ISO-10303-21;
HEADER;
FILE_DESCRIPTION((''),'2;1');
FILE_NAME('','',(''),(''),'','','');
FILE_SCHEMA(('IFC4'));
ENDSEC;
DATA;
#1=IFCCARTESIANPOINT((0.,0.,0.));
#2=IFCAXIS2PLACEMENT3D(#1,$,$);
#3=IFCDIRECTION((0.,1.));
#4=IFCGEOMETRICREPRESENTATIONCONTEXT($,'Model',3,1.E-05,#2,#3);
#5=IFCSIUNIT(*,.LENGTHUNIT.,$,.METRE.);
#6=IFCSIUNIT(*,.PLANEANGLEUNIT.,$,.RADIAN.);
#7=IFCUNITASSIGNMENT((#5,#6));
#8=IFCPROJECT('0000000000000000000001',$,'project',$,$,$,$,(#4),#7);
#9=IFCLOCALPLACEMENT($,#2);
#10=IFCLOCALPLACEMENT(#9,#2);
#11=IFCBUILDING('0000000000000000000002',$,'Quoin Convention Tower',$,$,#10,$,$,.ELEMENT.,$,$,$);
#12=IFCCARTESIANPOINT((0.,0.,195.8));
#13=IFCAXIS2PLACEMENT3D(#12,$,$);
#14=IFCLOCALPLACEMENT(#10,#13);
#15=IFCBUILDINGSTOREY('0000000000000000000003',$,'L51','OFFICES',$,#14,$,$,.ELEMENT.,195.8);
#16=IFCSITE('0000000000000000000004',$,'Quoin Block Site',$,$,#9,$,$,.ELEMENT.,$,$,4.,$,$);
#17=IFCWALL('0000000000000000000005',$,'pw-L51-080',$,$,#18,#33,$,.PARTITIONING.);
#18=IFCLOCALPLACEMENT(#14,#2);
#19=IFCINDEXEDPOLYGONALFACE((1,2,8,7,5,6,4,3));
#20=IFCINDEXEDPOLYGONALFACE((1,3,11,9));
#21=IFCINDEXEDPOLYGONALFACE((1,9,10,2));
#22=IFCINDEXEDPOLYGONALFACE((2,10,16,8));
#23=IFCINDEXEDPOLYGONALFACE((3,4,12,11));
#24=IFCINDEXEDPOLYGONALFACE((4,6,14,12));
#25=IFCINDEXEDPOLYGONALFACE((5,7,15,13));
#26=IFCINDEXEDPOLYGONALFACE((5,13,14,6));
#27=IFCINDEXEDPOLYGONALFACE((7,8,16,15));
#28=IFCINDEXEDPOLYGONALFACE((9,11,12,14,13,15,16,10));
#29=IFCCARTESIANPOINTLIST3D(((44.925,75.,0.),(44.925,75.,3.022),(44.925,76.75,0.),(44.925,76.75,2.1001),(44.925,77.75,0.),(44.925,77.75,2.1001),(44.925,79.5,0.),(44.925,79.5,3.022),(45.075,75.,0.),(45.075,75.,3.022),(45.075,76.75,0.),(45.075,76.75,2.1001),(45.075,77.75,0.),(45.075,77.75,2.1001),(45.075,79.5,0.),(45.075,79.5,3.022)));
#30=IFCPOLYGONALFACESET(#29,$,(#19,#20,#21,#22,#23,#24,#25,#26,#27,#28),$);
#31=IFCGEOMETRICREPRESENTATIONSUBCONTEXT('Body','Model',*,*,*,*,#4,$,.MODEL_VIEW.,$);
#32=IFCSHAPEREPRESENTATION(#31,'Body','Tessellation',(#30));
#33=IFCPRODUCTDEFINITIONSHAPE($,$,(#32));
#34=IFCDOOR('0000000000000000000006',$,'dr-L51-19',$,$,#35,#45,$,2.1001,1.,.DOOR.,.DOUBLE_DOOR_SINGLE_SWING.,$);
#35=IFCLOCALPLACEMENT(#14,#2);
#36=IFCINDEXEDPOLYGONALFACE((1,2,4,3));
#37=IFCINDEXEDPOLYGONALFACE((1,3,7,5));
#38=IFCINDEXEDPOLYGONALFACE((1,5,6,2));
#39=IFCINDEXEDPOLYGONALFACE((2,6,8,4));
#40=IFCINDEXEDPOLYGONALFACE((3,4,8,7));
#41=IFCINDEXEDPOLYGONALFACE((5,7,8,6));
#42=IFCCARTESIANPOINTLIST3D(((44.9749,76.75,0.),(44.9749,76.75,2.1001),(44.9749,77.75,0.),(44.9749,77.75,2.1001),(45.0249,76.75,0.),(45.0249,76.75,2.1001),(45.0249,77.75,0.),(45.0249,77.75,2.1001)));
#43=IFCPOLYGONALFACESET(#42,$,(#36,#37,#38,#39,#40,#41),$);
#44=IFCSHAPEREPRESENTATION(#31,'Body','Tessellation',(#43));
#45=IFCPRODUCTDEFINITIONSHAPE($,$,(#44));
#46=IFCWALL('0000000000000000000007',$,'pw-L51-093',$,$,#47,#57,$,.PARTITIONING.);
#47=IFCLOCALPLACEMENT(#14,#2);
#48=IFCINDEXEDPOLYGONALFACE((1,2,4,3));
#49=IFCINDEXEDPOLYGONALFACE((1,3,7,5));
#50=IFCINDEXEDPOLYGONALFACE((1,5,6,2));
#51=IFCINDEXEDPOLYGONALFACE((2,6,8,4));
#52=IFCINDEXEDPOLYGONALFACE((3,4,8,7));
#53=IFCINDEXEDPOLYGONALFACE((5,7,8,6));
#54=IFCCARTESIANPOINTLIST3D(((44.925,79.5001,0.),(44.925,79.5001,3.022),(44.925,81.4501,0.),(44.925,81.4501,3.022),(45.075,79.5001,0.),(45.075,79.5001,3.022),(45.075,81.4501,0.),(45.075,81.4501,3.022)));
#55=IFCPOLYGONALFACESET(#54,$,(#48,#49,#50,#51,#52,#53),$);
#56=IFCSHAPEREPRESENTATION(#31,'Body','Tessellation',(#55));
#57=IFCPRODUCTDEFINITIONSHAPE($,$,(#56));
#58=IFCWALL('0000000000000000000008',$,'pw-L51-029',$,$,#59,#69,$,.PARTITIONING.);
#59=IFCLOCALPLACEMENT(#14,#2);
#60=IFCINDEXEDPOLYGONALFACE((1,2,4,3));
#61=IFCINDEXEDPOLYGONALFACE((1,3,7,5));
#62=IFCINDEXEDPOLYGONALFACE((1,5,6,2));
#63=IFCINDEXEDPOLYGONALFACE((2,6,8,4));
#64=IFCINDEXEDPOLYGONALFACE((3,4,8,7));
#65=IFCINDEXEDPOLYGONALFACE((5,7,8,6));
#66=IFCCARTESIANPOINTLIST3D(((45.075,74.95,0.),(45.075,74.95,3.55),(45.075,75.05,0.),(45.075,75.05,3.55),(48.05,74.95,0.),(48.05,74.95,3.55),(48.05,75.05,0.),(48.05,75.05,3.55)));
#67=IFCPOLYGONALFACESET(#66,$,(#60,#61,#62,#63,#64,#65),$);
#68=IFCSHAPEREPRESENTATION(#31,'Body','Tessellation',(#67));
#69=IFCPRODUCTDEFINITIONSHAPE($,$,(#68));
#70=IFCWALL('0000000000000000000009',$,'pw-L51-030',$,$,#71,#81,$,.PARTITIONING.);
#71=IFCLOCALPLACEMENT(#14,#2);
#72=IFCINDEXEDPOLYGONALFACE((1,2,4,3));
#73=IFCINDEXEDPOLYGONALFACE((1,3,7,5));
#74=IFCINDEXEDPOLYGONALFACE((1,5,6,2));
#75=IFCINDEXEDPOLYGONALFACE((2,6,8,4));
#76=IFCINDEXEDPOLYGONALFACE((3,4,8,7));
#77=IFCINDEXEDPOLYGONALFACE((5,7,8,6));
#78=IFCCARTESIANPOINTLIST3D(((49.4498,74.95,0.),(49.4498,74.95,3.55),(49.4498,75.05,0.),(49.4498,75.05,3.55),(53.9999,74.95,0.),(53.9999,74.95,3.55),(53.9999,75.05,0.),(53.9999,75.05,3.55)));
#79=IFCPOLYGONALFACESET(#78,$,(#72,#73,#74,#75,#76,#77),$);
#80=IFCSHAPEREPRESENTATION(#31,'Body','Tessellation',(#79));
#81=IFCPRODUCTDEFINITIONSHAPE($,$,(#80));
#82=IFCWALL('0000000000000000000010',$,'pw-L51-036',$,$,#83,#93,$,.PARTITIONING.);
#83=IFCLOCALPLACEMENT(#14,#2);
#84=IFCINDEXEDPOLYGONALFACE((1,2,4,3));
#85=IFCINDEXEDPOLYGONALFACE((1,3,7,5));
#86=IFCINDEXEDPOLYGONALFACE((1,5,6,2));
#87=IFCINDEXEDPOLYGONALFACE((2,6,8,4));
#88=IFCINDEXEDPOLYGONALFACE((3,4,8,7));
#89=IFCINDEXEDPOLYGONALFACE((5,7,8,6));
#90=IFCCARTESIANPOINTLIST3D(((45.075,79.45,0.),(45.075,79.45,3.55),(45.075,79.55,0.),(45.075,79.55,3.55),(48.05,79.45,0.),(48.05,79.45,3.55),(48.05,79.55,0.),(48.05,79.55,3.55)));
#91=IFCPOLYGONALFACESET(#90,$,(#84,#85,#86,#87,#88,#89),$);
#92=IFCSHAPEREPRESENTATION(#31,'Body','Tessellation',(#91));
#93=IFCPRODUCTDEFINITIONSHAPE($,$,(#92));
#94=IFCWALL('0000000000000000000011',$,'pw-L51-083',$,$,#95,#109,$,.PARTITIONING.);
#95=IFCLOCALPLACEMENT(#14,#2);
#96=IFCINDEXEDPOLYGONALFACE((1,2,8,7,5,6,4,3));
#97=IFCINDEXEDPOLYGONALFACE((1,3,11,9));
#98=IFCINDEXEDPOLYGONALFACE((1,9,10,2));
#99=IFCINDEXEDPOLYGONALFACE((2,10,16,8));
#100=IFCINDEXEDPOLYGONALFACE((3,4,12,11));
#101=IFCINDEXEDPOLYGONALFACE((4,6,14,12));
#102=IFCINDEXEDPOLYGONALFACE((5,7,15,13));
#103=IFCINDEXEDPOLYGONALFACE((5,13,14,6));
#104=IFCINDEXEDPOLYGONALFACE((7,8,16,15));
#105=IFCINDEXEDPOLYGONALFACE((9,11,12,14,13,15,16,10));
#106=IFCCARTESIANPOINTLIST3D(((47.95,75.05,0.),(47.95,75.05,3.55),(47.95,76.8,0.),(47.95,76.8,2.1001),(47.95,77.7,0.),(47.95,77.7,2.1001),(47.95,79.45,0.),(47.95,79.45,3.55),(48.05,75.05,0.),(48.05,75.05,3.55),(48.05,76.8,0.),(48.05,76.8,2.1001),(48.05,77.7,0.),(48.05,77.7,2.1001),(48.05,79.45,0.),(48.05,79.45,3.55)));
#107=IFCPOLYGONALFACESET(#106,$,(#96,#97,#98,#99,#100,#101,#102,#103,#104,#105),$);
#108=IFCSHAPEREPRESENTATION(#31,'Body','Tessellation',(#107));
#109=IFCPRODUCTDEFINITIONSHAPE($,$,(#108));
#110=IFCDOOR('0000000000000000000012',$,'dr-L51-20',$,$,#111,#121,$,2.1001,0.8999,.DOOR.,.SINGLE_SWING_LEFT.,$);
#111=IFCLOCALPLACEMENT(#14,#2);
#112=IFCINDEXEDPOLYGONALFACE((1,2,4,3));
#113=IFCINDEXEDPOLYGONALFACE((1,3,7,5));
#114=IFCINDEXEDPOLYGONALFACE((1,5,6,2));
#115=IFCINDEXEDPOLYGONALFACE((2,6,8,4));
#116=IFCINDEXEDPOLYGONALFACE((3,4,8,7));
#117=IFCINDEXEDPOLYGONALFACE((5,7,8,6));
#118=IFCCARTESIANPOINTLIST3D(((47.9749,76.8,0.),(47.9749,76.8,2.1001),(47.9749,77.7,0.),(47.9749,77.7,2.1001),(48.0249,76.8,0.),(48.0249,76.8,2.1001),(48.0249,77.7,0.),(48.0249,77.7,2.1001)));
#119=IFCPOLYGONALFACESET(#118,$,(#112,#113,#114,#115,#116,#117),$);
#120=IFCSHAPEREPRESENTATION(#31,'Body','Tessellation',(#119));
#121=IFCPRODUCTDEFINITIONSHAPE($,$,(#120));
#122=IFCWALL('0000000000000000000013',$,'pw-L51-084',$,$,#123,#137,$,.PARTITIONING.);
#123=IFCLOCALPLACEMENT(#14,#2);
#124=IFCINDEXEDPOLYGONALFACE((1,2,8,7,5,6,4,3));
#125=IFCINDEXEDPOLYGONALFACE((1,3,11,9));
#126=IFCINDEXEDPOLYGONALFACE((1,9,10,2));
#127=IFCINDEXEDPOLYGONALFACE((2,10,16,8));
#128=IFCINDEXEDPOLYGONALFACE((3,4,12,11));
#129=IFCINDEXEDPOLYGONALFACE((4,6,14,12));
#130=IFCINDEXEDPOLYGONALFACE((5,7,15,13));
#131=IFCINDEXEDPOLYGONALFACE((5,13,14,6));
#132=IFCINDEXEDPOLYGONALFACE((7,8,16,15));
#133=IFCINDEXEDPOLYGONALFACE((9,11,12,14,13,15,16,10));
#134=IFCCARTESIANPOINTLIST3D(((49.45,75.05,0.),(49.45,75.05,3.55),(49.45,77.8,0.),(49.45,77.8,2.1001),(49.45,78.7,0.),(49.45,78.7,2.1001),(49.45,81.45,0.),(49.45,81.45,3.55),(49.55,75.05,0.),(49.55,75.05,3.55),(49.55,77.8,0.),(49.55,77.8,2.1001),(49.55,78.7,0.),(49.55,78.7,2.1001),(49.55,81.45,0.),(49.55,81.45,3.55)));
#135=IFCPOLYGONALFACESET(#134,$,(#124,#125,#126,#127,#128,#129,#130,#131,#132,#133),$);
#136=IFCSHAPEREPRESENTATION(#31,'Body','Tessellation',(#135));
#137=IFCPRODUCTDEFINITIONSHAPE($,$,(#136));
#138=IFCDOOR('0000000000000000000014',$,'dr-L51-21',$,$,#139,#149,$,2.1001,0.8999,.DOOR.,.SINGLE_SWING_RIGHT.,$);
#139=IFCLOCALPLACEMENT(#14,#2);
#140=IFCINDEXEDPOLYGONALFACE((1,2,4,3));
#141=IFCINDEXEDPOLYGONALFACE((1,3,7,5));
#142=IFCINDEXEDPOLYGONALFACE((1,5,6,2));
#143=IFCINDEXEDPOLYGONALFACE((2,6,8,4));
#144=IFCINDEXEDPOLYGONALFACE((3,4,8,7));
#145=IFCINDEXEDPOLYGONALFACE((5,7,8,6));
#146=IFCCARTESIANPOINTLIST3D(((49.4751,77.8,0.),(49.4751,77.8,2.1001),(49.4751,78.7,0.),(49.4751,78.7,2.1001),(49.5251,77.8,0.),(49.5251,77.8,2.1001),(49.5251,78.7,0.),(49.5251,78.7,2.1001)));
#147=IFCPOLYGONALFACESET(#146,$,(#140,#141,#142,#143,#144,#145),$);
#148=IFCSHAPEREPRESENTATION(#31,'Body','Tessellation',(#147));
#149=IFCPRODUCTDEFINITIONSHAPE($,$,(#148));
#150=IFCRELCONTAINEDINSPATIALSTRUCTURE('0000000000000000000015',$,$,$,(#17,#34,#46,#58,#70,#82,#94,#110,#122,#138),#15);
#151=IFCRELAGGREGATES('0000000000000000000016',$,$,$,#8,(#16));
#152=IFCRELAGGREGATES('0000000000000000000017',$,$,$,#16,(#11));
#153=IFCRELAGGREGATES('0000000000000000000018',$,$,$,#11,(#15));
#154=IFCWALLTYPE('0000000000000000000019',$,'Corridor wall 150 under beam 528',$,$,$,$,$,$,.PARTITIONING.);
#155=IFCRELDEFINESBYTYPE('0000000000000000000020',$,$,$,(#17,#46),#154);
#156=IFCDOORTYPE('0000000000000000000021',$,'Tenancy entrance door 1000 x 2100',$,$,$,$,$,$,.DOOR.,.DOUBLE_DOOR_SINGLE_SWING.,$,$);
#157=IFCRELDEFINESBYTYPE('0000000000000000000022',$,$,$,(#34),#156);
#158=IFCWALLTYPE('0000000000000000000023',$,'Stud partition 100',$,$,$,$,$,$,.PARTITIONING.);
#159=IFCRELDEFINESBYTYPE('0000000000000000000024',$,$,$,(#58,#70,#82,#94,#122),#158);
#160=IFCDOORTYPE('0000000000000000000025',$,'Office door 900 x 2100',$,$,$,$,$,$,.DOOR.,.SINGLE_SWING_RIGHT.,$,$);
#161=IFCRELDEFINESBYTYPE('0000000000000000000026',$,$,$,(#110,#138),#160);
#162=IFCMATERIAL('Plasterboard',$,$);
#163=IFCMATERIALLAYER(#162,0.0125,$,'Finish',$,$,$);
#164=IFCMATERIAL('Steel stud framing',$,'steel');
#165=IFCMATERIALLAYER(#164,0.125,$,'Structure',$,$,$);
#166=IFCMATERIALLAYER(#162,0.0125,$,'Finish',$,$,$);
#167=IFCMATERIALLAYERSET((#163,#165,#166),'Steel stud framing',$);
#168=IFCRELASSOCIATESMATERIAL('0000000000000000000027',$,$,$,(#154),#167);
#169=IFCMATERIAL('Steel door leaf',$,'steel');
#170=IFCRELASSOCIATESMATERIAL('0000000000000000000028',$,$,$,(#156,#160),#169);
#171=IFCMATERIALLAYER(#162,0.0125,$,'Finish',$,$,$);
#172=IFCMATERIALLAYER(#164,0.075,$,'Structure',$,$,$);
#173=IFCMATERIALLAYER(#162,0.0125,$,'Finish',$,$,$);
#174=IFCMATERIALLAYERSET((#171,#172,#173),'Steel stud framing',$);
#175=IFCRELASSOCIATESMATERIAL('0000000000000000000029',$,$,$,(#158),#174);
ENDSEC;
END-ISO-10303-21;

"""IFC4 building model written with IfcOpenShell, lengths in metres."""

from ifc_helpers import new_model, si_unit, direction, frame, frame_2d, origin, place, context, subcontext, project, spatial, rectangle, extrude, material, layer, layer_set, type_object, element, fill, save


model = new_model("IFC4")

# Units and contexts
model_context = context("Model", 3, precision=1e-05, world=origin(), true_north=direction((0.0, 1.0)))
body_context = subcontext(model_context, "Body", "Model", "MODEL_VIEW")
ifc_project = project(units=[si_unit("LENGTHUNIT", "METRE"), si_unit("PLANEANGLEUNIT", "RADIAN")], contexts=[model_context])

# Site, building, storey
site_placement = place(None, origin())
site = spatial("IfcSite", under=ifc_project, at=site_placement, Name="Quoin Block Site", CompositionType="ELEMENT", RefElevation=4.0)
building_placement = place(site_placement, origin())
building = spatial("IfcBuilding", under=site, at=building_placement, Name="Quoin Convention Tower", CompositionType="ELEMENT")
storey_placement = place(building_placement, frame((0.0, 0.0, 195.8)))
storey = spatial("IfcBuildingStorey", under=building, at=storey_placement, Name="L51", Description="OFFICES", CompositionType="ELEMENT", Elevation=195.8)

# Shared definitions
ifc_material_1 = material(Name="Plasterboard")
ifc_material_2 = material(Name="Steel stud framing", Category="steel")
ifc_layer_1 = layer(ifc_material_1, 0.0125, Name="Finish")
ifc_layer_2 = layer(ifc_material_2, 0.125, Name="Structure")
ifc_layer_3 = layer(ifc_material_1, 0.0125, Name="Finish")
ifc_layer_set_1 = layer_set([ifc_layer_1, ifc_layer_2, ifc_layer_3], Name="Steel stud framing")
wall_type_1 = type_object("IfcWallType", Name="Corridor wall 150 under beam 528", PredefinedType="PARTITIONING", material=ifc_layer_set_1)

# Wall, opening, door
wall_1_placement = place(storey_placement, frame((45.0, 75.0, 0.0), z_axis=(0.0, 0.0, 1.0), x_axis=(0.0, 1.0, 0.0)))
wall_1 = element("IfcWall", 1, at=wall_1_placement, inside=storey, type_object=wall_type_1, Name="pw-L51-080", PredefinedType="PARTITIONING", context=body_context, shape_type="SweptSolid", body=[
    extrude(rectangle(XDim=4.5, YDim=0.1499, at=frame_2d((2.25, 0.0))), origin(), (0.0, 0.0, 1.0), 3.022),
])
opening_1_placement = place(wall_1_placement, frame((1.75, 0.0, 0.0)))
opening_1 = element("IfcOpeningElement", 2, at=opening_1_placement, cuts=wall_1, PredefinedType="OPENING", context=body_context, shape_type="SweptSolid", body=[
    extrude(rectangle(XDim=1.0, YDim=2.1001, at=frame_2d((0.5, 1.05))), frame((0.0, 0.085, 0.0), z_axis=(0.0, -1.0, 0.0), x_axis=(1.0, 0.0, 0.0)), (0.0, 0.0, 1.0), 0.1699),
])
ifc_material_3 = material(Name="Steel door leaf", Category="steel")
door_type_1 = type_object("IfcDoorType", Name="Tenancy entrance door 1000 x 2100", OperationType="DOUBLE_DOOR_SINGLE_SWING", PredefinedType="DOOR", material=ifc_material_3)
door_1_placement = place(opening_1_placement, frame((1.0, 0.0, 0.0), z_axis=(0.0, 0.0, 1.0), x_axis=(-1.0, 0.0, 0.0)))
door_1 = element("IfcDoor", 3, at=door_1_placement, inside=storey, type_object=door_type_1, Name="dr-L51-19", OperationType="DOUBLE_DOOR_SINGLE_SWING", OverallHeight=2.1001, OverallWidth=1.0, PredefinedType="DOOR", context=body_context, shape_type="SweptSolid", body=[
    extrude(rectangle(XDim=1.0, YDim=2.1001, at=frame_2d((0.5, 1.05))), frame((0.0, 0.0249, 0.0), z_axis=(0.0, -1.0, 0.0), x_axis=(1.0, 0.0, 0.0)), (0.0, 0.0, 1.0), 0.05),
])
fill(opening_1, door_1)

# Walls
wall_2_placement = place(storey_placement, frame((45.0, 79.5, 0.0), z_axis=(0.0, 0.0, 1.0), x_axis=(0.0, 1.0, 0.0)))
element("IfcWall", 4, at=wall_2_placement, inside=storey, type_object=wall_type_1, Name="pw-L51-093", PredefinedType="PARTITIONING", context=body_context, shape_type="SweptSolid", body=[
    extrude(rectangle(XDim=1.95, YDim=0.1499, at=frame_2d((0.9751, 0.0))), origin(), (0.0, 0.0, 1.0), 3.022),
])
ifc_layer_4 = layer(ifc_material_1, 0.0125, Name="Finish")
ifc_layer_5 = layer(ifc_material_2, 0.075, Name="Structure")
ifc_layer_6 = layer(ifc_material_1, 0.0125, Name="Finish")
ifc_layer_set_2 = layer_set([ifc_layer_4, ifc_layer_5, ifc_layer_6], Name="Steel stud framing")
wall_type_2 = type_object("IfcWallType", Name="Stud partition 100", PredefinedType="PARTITIONING", material=ifc_layer_set_2)
wall_3_placement = place(storey_placement, frame((45.075, 75.0, 0.0), z_axis=(0.0, 0.0, 1.0), x_axis=(1.0, 0.0, 0.0)))
element("IfcWall", 5, at=wall_3_placement, inside=storey, type_object=wall_type_2, Name="pw-L51-029", PredefinedType="PARTITIONING", context=body_context, shape_type="SweptSolid", body=[
    extrude(rectangle(XDim=2.9751, YDim=0.1001, at=frame_2d((1.4875, 0.0))), origin(), (0.0, 0.0, 1.0), 3.55),
])
wall_4_placement = place(storey_placement, frame((49.45, 75.0, 0.0), z_axis=(0.0, 0.0, 1.0), x_axis=(1.0, 0.0, 0.0)))
element("IfcWall", 6, at=wall_4_placement, inside=storey, type_object=wall_type_2, Name="pw-L51-030", PredefinedType="PARTITIONING", context=body_context, shape_type="SweptSolid", body=[
    extrude(rectangle(XDim=4.55, YDim=0.1001, at=frame_2d((2.2749, 0.0))), origin(), (0.0, 0.0, 1.0), 3.55),
])
wall_5_placement = place(storey_placement, frame((45.075, 79.5, 0.0), z_axis=(0.0, 0.0, 1.0), x_axis=(1.0, 0.0, 0.0)))
element("IfcWall", 7, at=wall_5_placement, inside=storey, type_object=wall_type_2, Name="pw-L51-036", PredefinedType="PARTITIONING", context=body_context, shape_type="SweptSolid", body=[
    extrude(rectangle(XDim=2.9751, YDim=0.1001, at=frame_2d((1.4875, 0.0))), origin(), (0.0, 0.0, 1.0), 3.55),
])

# Walls, openings, doors
wall_6_placement = place(storey_placement, frame((48.0, 75.05, 0.0), z_axis=(0.0, 0.0, 1.0), x_axis=(0.0, 1.0, 0.0)))
wall_6 = element("IfcWall", 8, at=wall_6_placement, inside=storey, type_object=wall_type_2, Name="pw-L51-083", PredefinedType="PARTITIONING", context=body_context, shape_type="SweptSolid", body=[
    extrude(rectangle(XDim=4.3999, YDim=0.1001, at=frame_2d((2.2, 0.0))), origin(), (0.0, 0.0, 1.0), 3.55),
])
opening_2_placement = place(wall_6_placement, frame((1.75, 0.0, 0.0)))
opening_2 = element("IfcOpeningElement", 9, at=opening_2_placement, cuts=wall_6, PredefinedType="OPENING", context=body_context, shape_type="SweptSolid", body=[
    extrude(rectangle(XDim=0.8999, YDim=2.1001, at=frame_2d((0.45, 1.05))), frame((0.0, 0.0601, 0.0), z_axis=(0.0, -1.0, 0.0), x_axis=(1.0, 0.0, 0.0)), (0.0, 0.0, 1.0), 0.1201),
])
door_type_2 = type_object("IfcDoorType", Name="Office door 900 x 2100", OperationType="SINGLE_SWING_RIGHT", PredefinedType="DOOR", material=ifc_material_3)
door_2_placement = place(opening_2_placement, frame((0.8999, 0.0, 0.0), z_axis=(0.0, 0.0, 1.0), x_axis=(-1.0, 0.0, 0.0)))
door_2 = element("IfcDoor", 10, at=door_2_placement, inside=storey, type_object=door_type_2, Name="dr-L51-20", OperationType="SINGLE_SWING_LEFT", OverallHeight=2.1001, OverallWidth=0.8999, PredefinedType="DOOR", context=body_context, shape_type="SweptSolid", body=[
    extrude(rectangle(XDim=0.8999, YDim=2.1001, at=frame_2d((0.45, 1.05))), frame((0.0, 0.0249, 0.0), z_axis=(0.0, -1.0, 0.0), x_axis=(1.0, 0.0, 0.0)), (0.0, 0.0, 1.0), 0.05),
])
fill(opening_2, door_2)
wall_7_placement = place(storey_placement, frame((49.5, 75.05, 0.0), z_axis=(0.0, 0.0, 1.0), x_axis=(0.0, 1.0, 0.0)))
wall_7 = element("IfcWall", 11, at=wall_7_placement, inside=storey, type_object=wall_type_2, Name="pw-L51-084", PredefinedType="PARTITIONING", context=body_context, shape_type="SweptSolid", body=[
    extrude(rectangle(XDim=6.3999, YDim=0.1001, at=frame_2d((3.2, 0.0))), origin(), (0.0, 0.0, 1.0), 3.55),
])
opening_3_placement = place(wall_7_placement, frame((2.75, 0.0, 0.0)))
opening_3 = element("IfcOpeningElement", 12, at=opening_3_placement, cuts=wall_7, PredefinedType="OPENING", context=body_context, shape_type="SweptSolid", body=[
    extrude(rectangle(XDim=0.8999, YDim=2.1001, at=frame_2d((0.45, 1.05))), frame((0.0, 0.0601, 0.0), z_axis=(0.0, -1.0, 0.0), x_axis=(1.0, 0.0, 0.0)), (0.0, 0.0, 1.0), 0.1201),
])
door_3_placement = place(opening_3_placement, origin())
door_3 = element("IfcDoor", 13, at=door_3_placement, inside=storey, type_object=door_type_2, Name="dr-L51-21", OperationType="SINGLE_SWING_RIGHT", OverallHeight=2.1001, OverallWidth=0.8999, PredefinedType="DOOR", context=body_context, shape_type="SweptSolid", body=[
    extrude(rectangle(XDim=0.8999, YDim=2.1001, at=frame_2d((0.45, 1.05))), frame((0.0, 0.0249, 0.0), z_axis=(0.0, -1.0, 0.0), x_axis=(1.0, 0.0, 0.0)), (0.0, 0.0, 1.0), 0.05),
])
fill(opening_3, door_3)

save(model, "model.ifc")
